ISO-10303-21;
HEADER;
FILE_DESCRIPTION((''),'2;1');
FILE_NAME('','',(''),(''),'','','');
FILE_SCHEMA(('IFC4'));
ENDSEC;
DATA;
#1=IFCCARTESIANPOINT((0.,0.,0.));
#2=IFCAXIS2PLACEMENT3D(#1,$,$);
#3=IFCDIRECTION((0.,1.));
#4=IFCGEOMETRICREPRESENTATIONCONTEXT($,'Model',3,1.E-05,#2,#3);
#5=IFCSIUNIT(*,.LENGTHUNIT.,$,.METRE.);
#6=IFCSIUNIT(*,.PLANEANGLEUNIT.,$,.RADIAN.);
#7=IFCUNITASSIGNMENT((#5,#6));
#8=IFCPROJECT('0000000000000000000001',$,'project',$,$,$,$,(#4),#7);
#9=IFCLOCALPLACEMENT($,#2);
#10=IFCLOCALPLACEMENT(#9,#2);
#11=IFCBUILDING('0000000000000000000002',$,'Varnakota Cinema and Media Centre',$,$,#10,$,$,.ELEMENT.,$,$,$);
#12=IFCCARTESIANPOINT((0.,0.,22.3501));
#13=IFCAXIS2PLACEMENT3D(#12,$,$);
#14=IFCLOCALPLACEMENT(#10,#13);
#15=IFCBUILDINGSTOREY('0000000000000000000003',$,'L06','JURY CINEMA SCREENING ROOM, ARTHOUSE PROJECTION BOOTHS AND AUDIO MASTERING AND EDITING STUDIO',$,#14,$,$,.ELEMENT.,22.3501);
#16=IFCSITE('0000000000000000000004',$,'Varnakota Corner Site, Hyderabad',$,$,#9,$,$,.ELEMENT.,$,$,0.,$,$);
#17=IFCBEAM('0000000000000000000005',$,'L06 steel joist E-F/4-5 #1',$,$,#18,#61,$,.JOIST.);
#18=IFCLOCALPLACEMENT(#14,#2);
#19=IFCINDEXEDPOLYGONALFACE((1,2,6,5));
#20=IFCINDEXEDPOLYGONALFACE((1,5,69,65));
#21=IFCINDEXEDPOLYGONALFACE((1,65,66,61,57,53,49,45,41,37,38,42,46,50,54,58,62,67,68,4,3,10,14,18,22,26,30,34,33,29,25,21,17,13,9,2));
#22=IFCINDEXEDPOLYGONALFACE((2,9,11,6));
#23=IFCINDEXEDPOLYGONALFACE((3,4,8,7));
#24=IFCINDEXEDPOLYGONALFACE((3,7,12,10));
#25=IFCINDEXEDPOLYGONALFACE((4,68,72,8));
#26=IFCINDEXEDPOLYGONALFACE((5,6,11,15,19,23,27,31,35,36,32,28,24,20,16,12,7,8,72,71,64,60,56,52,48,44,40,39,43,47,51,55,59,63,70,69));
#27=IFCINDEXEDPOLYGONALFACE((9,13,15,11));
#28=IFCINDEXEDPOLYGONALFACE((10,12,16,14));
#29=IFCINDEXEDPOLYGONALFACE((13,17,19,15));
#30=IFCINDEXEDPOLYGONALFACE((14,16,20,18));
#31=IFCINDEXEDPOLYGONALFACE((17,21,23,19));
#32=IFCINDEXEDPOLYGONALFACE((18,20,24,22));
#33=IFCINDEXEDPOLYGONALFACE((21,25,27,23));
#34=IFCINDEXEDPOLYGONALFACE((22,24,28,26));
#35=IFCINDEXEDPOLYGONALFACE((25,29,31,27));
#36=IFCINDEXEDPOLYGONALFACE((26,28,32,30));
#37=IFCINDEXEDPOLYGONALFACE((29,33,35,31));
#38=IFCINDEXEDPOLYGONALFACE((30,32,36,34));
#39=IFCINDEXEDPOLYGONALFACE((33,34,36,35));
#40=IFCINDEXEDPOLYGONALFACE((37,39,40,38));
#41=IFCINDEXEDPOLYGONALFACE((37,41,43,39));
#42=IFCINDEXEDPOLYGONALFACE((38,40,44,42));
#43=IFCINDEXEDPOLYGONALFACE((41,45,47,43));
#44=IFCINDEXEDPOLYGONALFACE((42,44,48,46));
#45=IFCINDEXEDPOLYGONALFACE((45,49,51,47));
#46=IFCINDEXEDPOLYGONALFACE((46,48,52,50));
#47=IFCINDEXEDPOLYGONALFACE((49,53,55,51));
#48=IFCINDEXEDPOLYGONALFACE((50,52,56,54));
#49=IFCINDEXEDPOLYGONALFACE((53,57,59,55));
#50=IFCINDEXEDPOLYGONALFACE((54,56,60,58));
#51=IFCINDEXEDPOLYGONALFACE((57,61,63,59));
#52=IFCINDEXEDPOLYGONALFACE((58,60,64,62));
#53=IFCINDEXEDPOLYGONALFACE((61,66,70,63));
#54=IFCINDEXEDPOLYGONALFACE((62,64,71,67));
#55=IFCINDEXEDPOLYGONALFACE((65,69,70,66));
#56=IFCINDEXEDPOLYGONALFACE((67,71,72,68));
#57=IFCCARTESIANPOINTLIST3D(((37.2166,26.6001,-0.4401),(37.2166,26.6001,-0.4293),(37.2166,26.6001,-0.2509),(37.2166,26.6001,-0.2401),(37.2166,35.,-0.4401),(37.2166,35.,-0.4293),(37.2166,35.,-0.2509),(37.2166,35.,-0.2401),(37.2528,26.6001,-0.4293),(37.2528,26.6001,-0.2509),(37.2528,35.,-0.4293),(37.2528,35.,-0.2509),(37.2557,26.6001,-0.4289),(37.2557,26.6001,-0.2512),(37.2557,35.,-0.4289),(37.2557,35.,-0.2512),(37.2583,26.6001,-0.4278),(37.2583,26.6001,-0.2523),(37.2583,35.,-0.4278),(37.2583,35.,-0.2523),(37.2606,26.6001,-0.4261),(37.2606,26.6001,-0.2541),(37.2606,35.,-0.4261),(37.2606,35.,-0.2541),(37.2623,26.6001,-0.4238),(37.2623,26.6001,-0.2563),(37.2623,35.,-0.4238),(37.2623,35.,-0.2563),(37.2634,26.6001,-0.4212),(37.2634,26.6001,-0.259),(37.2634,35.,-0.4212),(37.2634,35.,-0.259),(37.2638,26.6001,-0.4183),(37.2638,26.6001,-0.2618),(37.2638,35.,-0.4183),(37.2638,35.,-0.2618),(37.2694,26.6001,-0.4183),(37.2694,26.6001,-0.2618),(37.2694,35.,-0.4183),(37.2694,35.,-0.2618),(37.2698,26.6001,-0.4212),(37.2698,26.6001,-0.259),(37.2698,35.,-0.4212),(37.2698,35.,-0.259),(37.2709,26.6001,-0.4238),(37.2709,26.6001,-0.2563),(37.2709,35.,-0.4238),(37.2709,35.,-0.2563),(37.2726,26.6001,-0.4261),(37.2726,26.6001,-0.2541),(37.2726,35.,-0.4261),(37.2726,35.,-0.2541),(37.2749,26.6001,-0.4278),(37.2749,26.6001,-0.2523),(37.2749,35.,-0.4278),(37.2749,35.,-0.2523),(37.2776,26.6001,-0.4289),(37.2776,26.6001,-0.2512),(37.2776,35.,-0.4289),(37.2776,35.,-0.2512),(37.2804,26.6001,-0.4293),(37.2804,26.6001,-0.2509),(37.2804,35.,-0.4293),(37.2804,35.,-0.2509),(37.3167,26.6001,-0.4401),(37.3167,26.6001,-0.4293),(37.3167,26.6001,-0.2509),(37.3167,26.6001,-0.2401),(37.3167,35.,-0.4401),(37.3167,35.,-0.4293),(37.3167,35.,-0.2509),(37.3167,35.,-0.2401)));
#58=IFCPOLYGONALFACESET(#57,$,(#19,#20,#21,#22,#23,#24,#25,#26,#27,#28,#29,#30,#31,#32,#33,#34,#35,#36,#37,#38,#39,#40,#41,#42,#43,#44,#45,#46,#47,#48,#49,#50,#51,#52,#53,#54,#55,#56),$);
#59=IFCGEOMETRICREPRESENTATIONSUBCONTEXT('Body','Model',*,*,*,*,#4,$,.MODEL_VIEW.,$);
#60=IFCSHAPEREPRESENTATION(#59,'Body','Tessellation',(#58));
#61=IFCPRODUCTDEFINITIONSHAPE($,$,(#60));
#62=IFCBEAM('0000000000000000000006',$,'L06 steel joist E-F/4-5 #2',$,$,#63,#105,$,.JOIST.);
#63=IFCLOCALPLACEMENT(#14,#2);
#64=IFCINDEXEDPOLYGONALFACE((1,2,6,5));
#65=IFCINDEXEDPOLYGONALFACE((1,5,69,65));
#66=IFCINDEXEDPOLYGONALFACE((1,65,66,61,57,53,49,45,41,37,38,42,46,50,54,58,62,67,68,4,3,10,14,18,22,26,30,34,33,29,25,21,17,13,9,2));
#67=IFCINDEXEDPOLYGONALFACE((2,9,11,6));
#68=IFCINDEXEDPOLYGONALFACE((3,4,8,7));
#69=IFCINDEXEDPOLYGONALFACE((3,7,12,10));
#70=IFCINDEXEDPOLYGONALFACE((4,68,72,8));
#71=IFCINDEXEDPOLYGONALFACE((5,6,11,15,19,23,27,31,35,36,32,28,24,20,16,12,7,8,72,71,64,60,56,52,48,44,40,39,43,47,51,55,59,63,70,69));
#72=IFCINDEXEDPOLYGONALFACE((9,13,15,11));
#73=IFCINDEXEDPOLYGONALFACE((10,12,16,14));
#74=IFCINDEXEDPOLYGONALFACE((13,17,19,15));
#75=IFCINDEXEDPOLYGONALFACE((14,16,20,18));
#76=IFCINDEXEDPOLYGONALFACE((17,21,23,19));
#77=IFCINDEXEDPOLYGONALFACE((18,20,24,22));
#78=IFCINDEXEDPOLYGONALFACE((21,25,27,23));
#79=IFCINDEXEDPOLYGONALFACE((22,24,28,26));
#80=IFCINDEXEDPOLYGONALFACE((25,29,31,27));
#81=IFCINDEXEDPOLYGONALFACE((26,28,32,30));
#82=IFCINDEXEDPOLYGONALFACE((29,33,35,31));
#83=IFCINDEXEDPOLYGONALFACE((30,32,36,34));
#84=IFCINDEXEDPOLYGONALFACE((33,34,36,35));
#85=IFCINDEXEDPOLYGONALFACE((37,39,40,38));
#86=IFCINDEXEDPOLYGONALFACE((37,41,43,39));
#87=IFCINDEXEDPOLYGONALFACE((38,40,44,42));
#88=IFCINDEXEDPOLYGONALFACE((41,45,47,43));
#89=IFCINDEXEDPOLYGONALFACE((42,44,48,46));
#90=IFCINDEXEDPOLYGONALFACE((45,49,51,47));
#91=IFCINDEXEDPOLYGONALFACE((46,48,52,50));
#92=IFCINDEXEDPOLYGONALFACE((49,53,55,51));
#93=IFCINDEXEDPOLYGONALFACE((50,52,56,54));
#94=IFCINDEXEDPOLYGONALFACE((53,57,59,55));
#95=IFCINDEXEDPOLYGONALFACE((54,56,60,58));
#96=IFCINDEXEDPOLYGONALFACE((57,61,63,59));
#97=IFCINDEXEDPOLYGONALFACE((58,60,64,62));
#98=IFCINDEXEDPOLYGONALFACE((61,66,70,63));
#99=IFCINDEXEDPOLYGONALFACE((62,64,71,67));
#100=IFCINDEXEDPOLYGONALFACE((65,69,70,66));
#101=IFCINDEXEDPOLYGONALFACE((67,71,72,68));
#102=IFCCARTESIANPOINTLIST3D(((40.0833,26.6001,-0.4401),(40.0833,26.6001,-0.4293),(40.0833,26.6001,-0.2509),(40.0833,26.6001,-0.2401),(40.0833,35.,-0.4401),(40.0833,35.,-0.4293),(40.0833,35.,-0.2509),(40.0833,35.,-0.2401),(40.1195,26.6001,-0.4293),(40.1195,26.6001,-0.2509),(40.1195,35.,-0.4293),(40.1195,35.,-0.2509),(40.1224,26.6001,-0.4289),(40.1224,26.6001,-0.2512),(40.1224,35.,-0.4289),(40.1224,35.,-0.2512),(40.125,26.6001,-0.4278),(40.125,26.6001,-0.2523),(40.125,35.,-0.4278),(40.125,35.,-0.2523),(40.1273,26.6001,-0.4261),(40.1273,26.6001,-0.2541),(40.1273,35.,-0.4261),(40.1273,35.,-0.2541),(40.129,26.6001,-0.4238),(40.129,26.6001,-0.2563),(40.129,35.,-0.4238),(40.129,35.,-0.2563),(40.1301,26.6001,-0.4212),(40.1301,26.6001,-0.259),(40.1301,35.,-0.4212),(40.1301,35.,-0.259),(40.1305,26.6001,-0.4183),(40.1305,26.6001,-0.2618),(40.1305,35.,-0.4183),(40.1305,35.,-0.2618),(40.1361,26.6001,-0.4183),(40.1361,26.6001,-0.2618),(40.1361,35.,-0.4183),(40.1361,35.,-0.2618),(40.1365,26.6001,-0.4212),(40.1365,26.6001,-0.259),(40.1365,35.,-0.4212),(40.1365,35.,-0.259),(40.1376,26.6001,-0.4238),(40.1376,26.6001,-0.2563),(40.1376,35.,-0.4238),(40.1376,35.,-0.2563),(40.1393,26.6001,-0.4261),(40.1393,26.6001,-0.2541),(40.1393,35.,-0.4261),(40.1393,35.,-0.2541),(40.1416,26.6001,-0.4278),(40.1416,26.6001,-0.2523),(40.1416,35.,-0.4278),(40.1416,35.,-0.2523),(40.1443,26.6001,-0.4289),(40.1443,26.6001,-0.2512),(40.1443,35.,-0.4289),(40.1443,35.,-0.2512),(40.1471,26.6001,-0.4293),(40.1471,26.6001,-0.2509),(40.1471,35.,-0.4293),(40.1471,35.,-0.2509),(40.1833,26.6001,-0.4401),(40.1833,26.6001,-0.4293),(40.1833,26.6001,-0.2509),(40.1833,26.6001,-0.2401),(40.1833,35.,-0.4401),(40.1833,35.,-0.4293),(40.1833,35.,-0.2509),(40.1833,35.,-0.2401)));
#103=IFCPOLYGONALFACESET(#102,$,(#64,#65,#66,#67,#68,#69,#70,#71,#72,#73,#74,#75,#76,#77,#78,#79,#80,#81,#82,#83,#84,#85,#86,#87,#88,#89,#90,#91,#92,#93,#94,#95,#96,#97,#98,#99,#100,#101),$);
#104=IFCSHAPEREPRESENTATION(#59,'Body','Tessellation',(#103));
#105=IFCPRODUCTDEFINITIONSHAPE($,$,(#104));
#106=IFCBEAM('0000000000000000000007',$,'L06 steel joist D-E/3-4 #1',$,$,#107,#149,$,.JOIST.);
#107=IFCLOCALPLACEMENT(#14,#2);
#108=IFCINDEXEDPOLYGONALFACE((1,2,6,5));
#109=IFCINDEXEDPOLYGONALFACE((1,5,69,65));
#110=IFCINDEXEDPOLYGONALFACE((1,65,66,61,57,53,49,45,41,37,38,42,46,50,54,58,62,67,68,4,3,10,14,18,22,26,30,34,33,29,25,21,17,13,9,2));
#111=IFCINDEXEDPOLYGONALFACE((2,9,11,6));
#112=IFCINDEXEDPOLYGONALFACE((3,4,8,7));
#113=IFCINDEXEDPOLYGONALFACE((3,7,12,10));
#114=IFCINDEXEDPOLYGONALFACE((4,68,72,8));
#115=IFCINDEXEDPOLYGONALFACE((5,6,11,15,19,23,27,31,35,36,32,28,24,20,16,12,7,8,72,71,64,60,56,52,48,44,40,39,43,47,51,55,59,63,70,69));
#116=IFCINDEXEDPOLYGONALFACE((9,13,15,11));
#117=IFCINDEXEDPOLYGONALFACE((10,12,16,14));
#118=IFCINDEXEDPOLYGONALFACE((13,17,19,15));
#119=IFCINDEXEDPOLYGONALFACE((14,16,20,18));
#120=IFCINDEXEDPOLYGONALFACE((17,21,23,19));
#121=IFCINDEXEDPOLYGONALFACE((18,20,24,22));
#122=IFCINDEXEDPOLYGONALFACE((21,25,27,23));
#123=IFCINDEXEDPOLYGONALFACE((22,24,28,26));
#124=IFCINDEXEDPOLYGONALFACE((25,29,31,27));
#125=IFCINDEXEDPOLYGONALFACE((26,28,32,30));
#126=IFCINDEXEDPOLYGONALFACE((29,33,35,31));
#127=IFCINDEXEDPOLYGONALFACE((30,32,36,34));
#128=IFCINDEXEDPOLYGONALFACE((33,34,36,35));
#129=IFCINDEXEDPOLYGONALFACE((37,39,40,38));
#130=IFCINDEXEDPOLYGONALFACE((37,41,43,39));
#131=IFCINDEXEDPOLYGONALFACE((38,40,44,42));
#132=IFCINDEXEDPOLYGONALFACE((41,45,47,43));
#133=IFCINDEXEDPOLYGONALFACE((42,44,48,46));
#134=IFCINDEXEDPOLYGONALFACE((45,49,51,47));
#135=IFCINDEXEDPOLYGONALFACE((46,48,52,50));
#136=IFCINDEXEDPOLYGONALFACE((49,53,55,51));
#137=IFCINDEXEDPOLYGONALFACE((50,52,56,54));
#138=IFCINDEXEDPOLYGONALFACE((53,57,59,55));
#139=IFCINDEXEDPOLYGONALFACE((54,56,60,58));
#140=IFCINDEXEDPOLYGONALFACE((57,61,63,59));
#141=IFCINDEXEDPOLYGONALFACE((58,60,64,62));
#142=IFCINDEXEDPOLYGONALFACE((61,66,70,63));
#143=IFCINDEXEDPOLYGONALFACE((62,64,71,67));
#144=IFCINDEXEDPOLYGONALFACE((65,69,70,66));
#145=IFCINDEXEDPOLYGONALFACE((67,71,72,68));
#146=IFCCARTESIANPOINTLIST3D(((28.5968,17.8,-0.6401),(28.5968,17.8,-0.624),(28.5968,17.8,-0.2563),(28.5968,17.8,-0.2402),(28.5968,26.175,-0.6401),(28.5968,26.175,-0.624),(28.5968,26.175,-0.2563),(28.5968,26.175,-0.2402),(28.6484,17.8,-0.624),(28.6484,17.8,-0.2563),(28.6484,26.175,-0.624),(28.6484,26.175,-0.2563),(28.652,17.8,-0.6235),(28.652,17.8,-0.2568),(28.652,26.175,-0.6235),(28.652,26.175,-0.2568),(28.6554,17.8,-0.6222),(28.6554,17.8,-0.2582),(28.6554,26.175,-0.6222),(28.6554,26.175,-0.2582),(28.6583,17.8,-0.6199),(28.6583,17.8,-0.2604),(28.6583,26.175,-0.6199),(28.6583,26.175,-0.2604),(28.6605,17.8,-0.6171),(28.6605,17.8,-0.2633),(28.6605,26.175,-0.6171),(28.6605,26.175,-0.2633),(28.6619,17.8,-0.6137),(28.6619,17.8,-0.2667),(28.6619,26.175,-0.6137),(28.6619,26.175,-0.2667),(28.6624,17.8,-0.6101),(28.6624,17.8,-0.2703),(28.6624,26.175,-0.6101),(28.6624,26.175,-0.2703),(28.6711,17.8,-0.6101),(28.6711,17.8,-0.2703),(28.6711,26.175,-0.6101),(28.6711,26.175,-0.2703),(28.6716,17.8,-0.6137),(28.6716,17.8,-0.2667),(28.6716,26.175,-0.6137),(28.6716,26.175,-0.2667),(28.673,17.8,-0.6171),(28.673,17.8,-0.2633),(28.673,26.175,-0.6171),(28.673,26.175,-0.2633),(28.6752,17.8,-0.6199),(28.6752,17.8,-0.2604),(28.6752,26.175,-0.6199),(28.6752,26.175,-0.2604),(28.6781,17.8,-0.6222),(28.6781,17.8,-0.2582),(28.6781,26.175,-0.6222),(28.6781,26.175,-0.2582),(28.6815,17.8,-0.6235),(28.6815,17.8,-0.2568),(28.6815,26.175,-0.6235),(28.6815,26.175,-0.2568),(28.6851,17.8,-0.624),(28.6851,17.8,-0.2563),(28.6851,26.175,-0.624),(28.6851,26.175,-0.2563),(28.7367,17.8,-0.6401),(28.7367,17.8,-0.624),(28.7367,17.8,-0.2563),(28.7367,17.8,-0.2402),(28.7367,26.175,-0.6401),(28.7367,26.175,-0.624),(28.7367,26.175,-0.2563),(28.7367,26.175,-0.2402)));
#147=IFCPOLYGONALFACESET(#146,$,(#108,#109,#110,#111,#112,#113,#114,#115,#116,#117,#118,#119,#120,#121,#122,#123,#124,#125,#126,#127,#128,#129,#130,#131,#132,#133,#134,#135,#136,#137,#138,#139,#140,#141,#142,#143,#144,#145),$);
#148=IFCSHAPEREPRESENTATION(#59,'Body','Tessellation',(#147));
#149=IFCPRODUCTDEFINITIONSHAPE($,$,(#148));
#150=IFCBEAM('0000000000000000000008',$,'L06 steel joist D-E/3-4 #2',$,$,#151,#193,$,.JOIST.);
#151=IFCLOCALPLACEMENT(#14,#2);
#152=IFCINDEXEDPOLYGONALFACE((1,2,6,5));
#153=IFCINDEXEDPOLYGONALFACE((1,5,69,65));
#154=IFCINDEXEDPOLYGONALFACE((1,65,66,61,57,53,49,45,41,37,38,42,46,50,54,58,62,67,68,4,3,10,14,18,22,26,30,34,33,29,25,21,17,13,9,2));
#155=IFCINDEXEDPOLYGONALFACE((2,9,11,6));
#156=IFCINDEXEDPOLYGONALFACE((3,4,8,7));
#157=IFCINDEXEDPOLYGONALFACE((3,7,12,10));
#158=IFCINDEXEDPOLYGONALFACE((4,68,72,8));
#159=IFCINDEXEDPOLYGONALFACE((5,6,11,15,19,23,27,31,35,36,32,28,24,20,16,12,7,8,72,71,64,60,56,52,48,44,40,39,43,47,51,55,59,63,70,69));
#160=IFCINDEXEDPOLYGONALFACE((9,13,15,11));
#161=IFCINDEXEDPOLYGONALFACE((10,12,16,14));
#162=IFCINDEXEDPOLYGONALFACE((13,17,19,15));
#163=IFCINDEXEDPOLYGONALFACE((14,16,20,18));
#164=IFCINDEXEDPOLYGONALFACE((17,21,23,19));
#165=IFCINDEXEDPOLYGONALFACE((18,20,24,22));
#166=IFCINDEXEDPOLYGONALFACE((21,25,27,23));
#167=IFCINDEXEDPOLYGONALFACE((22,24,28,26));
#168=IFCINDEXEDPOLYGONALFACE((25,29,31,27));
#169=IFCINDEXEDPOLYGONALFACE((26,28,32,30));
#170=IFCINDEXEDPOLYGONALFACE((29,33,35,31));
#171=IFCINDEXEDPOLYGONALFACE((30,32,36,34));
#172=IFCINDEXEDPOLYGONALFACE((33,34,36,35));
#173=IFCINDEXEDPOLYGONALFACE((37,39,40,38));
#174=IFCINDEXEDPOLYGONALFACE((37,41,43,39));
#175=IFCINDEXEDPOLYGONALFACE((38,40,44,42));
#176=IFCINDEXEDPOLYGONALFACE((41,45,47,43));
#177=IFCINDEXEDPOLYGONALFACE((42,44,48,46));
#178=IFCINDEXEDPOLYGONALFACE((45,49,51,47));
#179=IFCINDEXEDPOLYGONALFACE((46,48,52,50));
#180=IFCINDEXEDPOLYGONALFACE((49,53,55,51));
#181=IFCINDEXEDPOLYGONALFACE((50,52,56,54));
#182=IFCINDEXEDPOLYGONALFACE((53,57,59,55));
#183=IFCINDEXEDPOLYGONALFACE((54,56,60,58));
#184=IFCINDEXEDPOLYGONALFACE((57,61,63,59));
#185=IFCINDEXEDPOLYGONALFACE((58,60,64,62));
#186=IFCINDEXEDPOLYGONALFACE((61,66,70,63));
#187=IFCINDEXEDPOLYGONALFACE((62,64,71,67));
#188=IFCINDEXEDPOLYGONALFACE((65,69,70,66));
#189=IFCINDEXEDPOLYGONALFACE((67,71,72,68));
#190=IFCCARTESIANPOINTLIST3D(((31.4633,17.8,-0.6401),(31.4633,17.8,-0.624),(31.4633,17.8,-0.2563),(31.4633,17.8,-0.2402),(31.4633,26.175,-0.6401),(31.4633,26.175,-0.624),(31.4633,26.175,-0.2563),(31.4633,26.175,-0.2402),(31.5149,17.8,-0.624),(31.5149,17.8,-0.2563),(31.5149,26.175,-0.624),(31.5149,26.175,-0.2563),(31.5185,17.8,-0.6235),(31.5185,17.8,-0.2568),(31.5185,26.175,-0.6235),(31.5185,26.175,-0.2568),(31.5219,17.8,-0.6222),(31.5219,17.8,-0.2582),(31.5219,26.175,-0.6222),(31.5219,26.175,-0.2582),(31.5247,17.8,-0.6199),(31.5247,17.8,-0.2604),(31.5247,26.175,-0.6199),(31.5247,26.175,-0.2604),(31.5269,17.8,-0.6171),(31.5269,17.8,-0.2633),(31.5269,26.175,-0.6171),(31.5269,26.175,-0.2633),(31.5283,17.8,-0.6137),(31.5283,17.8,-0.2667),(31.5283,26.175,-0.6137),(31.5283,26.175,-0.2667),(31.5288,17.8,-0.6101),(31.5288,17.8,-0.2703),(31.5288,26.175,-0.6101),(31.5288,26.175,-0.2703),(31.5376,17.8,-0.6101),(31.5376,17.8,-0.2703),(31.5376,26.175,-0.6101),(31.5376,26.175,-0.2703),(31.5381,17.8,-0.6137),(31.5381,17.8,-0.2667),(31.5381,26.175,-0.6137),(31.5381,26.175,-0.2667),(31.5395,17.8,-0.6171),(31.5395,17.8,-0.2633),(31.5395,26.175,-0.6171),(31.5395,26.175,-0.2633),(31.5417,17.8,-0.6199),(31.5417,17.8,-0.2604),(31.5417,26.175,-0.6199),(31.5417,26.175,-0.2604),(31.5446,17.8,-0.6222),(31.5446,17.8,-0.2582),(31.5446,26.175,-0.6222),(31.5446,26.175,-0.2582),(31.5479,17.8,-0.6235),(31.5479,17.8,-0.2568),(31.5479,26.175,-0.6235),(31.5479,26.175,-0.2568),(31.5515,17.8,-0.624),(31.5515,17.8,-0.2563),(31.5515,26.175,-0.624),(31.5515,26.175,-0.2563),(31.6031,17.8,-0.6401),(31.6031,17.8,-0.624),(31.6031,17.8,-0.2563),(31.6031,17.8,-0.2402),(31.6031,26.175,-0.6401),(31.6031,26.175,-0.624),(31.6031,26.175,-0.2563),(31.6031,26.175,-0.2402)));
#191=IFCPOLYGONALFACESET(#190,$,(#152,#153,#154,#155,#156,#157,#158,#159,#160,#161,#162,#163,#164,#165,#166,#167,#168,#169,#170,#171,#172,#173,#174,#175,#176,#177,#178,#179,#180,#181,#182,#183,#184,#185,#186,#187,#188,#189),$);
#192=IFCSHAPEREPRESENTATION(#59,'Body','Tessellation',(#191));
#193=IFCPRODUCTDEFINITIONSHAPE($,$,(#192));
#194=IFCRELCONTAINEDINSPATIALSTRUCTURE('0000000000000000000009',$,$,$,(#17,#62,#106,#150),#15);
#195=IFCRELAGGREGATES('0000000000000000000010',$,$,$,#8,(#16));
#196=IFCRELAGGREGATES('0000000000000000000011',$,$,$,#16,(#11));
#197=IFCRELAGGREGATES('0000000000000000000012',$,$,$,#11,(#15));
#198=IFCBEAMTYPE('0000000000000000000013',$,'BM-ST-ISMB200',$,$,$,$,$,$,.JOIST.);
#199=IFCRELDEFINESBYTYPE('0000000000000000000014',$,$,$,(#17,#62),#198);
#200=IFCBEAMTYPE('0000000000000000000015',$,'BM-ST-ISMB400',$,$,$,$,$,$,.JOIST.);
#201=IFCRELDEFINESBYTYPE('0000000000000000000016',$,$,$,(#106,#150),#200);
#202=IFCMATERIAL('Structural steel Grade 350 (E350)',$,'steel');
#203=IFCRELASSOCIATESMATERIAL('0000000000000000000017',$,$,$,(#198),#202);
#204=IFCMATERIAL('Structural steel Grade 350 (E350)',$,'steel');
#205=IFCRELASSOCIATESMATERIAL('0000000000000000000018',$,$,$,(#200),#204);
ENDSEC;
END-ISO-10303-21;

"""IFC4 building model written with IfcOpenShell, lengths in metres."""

from ifc_helpers import new_model, si_unit, direction, frame, origin, origin_2d, place, context, subcontext, project, spatial, i_section, extrude, material, material_profile, profile_set, type_object, element, save


model = new_model("IFC4")

# Units and contexts
model_context = context("Model", 3, precision=1e-05, world=origin(), true_north=direction((0.0, 1.0)))
body_context = subcontext(model_context, "Body", "Model", "MODEL_VIEW")
ifc_project = project(units=[si_unit("LENGTHUNIT", "METRE"), si_unit("PLANEANGLEUNIT", "RADIAN")], contexts=[model_context])

# Site, building, storey
site_placement = place(None, origin())
site = spatial("IfcSite", under=ifc_project, at=site_placement, Name="Varnakota Corner Site, Hyderabad", CompositionType="ELEMENT", RefElevation=0.0)
building_placement = place(site_placement, origin())
building = spatial("IfcBuilding", under=site, at=building_placement, Name="Varnakota Cinema and Media Centre", CompositionType="ELEMENT")
storey_placement = place(building_placement, frame((0.0, 0.0, 22.3501)))
storey = spatial("IfcBuildingStorey", under=building, at=storey_placement, Name="L06", Description="JURY CINEMA SCREENING ROOM, ARTHOUSE PROJECTION BOOTHS AND AUDIO MASTERING AND EDITING STUDIO", CompositionType="ELEMENT", Elevation=22.3501)

# Beams
ifc_material_1 = material(Name="Structural steel Grade 350 (E350)", Category="steel")
ifc_material_profile_1 = material_profile(ifc_material_1, i_section(OverallWidth=0.1001, OverallDepth=0.2, WebThickness=0.0056, FlangeThickness=0.0107, FilletRadius=0.011, at=origin_2d()), Name="ISMB 200")
ifc_profile_set_1 = profile_set([ifc_material_profile_1], Name="Structural steel Grade 350 (E350)")
beam_type_1 = type_object("IfcBeamType", Name="BM-ST-ISMB200", PredefinedType="JOIST", material=ifc_profile_set_1)
for number, where, z_axis, x_axis, name in (
    (1, (37.2666, 26.6001, -0.3401), (0.0, 1.0, 0.0), (-1.0, 0.0, 0.0), "L06 steel joist E-F/4-5 #1"),
    (2, (40.1333, 26.6001, -0.3401), (0.0, 1.0, 0.0), (-1.0, 0.0, 0.0), "L06 steel joist E-F/4-5 #2"),
):
    element("IfcBeam", number, at=place(storey_placement, frame(where, z_axis=z_axis, x_axis=x_axis)), inside=storey, type_object=beam_type_1, Name=name, PredefinedType="JOIST", context=body_context, shape_type="SweptSolid", body=[
        extrude(i_section(OverallWidth=0.1001, OverallDepth=0.2, WebThickness=0.0056, FlangeThickness=0.0107, FilletRadius=0.011, at=origin_2d()), origin(), (0.0, 0.0, 1.0), 8.3999),
    ])
ifc_material_2 = material(Name="Structural steel Grade 350 (E350)", Category="steel")
ifc_material_profile_2 = material_profile(ifc_material_2, i_section(OverallWidth=0.1399, OverallDepth=0.3999, WebThickness=0.0088, FlangeThickness=0.0161, FilletRadius=0.0139, at=origin_2d()), Name="ISMB 400")
ifc_profile_set_2 = profile_set([ifc_material_profile_2], Name="Structural steel Grade 350 (E350)")
beam_type_2 = type_object("IfcBeamType", Name="BM-ST-ISMB400", PredefinedType="JOIST", material=ifc_profile_set_2)
for number, where, z_axis, x_axis, name in (
    (3, (28.6667, 17.8, -0.4402), (0.0, 1.0, 0.0), (-1.0, 0.0, 0.0), "L06 steel joist D-E/3-4 #1"),
    (4, (31.5332, 17.8, -0.4402), (0.0, 1.0, 0.0), (-1.0, 0.0, 0.0), "L06 steel joist D-E/3-4 #2"),
):
    element("IfcBeam", number, at=place(storey_placement, frame(where, z_axis=z_axis, x_axis=x_axis)), inside=storey, type_object=beam_type_2, Name=name, PredefinedType="JOIST", context=body_context, shape_type="SweptSolid", body=[
        extrude(i_section(OverallWidth=0.1399, OverallDepth=0.3999, WebThickness=0.0088, FlangeThickness=0.0161, FilletRadius=0.0139, at=origin_2d()), origin(), (0.0, 0.0, 1.0), 8.375),
    ])

save(model, "model.ifc")
